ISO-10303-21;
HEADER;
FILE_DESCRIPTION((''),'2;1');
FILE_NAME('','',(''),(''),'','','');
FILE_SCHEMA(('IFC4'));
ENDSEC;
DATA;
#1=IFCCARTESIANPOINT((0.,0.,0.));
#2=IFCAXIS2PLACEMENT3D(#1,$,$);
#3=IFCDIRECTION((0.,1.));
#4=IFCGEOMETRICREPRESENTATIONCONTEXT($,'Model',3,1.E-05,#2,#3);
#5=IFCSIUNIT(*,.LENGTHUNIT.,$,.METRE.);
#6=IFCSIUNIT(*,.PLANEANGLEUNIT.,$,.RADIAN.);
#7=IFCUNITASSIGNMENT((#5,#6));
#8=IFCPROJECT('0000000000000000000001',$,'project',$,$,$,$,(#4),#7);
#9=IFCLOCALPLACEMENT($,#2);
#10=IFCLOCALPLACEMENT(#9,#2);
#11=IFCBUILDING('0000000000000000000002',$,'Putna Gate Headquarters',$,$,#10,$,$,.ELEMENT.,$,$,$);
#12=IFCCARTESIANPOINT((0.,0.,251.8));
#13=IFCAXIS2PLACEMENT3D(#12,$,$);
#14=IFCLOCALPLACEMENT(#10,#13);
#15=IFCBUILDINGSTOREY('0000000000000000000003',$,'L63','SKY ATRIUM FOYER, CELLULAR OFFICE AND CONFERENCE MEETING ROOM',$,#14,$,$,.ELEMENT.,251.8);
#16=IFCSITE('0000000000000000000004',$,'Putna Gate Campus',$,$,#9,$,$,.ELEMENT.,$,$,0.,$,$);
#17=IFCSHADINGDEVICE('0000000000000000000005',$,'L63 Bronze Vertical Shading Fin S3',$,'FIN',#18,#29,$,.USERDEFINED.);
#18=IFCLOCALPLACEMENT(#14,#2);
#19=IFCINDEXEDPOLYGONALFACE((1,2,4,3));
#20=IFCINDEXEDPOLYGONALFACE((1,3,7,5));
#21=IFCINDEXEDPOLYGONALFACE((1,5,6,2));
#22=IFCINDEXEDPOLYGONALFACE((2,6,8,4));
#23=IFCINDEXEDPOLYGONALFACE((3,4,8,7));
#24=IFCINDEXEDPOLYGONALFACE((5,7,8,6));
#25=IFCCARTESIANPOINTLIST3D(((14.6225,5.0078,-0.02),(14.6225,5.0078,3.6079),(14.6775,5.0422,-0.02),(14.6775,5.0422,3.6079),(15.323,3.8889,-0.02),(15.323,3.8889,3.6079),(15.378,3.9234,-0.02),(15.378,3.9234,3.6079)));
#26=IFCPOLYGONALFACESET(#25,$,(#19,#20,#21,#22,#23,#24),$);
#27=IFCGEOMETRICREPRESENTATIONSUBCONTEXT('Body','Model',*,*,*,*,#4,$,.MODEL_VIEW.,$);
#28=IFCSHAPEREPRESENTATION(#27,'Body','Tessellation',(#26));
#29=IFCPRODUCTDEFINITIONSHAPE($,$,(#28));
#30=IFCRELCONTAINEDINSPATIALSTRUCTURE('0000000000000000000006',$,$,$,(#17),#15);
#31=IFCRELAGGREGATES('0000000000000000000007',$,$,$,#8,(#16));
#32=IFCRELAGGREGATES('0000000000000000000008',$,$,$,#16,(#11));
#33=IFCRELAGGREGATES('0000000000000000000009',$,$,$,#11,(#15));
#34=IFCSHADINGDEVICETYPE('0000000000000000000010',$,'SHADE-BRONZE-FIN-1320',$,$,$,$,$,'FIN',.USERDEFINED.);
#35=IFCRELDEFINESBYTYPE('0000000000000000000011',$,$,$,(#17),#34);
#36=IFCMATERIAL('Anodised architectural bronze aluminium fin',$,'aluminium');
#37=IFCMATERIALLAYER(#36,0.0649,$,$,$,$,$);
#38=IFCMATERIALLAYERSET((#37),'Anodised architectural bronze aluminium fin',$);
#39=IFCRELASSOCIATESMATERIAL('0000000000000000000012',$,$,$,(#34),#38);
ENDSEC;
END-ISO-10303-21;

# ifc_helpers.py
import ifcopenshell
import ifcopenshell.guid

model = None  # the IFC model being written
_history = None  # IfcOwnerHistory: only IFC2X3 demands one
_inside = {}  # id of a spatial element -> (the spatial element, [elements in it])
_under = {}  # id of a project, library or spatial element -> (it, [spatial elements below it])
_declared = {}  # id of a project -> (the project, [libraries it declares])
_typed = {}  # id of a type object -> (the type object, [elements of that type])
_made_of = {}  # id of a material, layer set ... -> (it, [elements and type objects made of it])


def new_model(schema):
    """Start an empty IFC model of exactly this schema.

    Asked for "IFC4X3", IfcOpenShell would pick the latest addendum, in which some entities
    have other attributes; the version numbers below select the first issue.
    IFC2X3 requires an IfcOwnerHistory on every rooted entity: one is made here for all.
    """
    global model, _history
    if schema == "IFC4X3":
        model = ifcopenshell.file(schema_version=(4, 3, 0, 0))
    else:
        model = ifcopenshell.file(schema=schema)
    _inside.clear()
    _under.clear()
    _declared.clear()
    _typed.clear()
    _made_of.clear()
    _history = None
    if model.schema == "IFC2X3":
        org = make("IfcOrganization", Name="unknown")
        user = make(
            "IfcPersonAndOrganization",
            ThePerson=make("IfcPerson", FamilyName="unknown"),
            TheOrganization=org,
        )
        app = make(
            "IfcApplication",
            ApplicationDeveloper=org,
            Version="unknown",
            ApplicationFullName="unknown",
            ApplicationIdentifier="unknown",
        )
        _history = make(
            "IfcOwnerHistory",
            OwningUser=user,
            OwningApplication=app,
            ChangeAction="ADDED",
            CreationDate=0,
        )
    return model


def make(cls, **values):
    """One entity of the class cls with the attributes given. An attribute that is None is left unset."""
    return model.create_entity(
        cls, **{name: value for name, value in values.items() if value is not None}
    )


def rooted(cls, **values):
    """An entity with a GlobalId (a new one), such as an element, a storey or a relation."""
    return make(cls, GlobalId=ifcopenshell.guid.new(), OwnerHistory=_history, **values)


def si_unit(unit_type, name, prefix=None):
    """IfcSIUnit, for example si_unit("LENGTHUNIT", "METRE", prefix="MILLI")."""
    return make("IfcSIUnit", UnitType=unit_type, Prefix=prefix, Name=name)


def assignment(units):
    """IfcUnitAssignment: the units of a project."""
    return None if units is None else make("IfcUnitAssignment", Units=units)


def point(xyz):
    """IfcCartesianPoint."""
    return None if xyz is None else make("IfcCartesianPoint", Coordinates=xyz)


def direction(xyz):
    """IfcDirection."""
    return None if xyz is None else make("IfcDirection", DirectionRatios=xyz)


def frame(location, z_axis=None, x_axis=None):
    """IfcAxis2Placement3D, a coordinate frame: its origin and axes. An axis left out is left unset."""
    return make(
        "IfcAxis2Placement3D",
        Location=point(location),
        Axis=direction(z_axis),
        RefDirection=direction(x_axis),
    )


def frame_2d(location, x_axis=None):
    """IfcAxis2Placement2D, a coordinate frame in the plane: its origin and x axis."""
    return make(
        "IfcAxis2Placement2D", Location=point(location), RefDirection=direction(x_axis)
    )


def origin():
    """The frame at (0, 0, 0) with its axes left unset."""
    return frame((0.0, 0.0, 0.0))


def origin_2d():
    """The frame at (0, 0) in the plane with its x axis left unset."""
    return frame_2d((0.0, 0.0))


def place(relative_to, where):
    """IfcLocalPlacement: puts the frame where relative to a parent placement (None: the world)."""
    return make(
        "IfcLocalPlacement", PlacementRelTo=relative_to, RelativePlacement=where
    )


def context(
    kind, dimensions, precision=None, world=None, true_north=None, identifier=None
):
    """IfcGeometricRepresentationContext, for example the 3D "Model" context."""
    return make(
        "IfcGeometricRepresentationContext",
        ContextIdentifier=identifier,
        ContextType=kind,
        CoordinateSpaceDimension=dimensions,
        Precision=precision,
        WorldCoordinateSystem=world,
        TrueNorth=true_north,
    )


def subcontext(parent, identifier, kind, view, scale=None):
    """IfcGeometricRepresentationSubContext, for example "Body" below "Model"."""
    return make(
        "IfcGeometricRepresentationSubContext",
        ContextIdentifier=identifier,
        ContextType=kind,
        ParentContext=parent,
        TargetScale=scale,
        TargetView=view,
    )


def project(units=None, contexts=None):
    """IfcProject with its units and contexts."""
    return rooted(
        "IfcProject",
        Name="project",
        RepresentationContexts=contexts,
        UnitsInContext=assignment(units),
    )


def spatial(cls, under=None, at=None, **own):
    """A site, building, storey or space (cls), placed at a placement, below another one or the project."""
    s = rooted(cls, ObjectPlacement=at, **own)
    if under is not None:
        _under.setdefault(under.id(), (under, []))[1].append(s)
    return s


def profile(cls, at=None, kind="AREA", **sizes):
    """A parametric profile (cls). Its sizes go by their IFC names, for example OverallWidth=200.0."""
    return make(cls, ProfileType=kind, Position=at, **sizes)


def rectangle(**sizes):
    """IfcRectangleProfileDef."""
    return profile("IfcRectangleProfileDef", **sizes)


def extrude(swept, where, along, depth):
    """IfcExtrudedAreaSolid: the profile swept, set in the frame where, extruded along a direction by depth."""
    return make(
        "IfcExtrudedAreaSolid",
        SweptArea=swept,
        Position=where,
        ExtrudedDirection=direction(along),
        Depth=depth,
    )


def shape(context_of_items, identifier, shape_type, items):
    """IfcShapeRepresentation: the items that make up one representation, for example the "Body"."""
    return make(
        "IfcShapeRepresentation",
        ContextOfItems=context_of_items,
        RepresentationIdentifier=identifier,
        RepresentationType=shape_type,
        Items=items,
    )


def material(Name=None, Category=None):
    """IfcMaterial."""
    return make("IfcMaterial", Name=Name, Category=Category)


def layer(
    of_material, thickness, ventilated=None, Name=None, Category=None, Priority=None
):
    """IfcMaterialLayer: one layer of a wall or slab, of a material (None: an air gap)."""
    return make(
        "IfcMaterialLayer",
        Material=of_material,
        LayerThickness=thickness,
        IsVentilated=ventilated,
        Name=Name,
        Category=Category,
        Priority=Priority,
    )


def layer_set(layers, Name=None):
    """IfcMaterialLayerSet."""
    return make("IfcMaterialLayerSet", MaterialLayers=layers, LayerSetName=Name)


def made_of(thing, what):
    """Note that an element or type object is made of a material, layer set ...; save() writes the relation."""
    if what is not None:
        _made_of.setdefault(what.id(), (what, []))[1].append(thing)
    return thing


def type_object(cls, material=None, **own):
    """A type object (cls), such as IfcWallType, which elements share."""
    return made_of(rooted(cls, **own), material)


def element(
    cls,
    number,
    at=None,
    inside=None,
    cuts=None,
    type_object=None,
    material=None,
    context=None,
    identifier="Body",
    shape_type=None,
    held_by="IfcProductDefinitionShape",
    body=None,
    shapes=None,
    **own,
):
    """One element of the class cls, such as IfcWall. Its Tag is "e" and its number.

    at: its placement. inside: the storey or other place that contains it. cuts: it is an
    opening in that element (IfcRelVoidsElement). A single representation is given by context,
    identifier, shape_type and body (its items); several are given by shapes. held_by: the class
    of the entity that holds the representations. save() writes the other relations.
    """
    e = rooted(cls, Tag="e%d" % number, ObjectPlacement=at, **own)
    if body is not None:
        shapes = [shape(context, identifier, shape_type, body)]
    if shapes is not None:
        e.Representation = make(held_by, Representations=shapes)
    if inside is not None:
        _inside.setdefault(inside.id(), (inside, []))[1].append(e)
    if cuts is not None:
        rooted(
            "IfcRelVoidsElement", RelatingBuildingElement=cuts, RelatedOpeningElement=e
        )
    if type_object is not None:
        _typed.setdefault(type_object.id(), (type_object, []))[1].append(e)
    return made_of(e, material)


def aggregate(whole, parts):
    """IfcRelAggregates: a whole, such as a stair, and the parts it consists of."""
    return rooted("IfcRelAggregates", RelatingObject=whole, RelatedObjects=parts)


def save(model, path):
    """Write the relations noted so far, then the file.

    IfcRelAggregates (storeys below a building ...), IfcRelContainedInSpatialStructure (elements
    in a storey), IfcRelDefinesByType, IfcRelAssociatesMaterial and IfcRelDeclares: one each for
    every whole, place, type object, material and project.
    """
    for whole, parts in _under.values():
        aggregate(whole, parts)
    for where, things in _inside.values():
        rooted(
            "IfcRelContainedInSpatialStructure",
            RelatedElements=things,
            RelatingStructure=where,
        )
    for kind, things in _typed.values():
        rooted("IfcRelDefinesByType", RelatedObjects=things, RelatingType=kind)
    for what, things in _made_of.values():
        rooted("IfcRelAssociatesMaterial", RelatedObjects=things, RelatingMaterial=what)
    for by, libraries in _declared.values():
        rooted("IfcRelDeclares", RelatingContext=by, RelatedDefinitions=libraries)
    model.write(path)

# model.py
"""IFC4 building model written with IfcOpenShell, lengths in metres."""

from ifc_helpers import new_model, si_unit, direction, frame, origin, origin_2d, place, context, subcontext, project, spatial, rectangle, extrude, material, layer, layer_set, type_object, element, save


model = new_model("IFC4")

# Units and contexts
model_context = context("Model", 3, precision=1e-05, world=origin(), true_north=direction((0.0, 1.0)))
body_context = subcontext(model_context, "Body", "Model", "MODEL_VIEW")
ifc_project = project(units=[si_unit("LENGTHUNIT", "METRE"), si_unit("PLANEANGLEUNIT", "RADIAN")], contexts=[model_context])

# Site, building, storey
site_placement = place(None, origin())
site = spatial("IfcSite", under=ifc_project, at=site_placement, Name="Putna Gate Campus", CompositionType="ELEMENT", RefElevation=0.0)
building_placement = place(site_placement, origin())
building = spatial("IfcBuilding", under=site, at=building_placement, Name="Putna Gate Headquarters", CompositionType="ELEMENT")
storey_placement = place(building_placement, frame((0.0, 0.0, 251.8)))
storey = spatial("IfcBuildingStorey", under=building, at=storey_placement, Name="L63", Description="SKY ATRIUM FOYER, CELLULAR OFFICE AND CONFERENCE MEETING ROOM", CompositionType="ELEMENT", Elevation=251.8)

# Shading device
ifc_material_1 = material(Name="Anodised architectural bronze aluminium fin", Category="aluminium")
ifc_layer_1 = layer(ifc_material_1, 0.0649)
ifc_layer_set_1 = layer_set([ifc_layer_1], Name="Anodised architectural bronze aluminium fin")
shading_device_type = type_object("IfcShadingDeviceType", Name="SHADE-BRONZE-FIN-1320", ElementType="FIN", PredefinedType="USERDEFINED", material=ifc_layer_set_1)
for number, where, z_axis, x_axis, name in (
    (1, (15.0002, 4.4656, -0.02), (0.0, 0.0, 1.0), (0.530659, -0.847585, 0.0), "L63 Bronze Vertical Shading Fin S3"),
):
    element("IfcShadingDevice", number, at=place(storey_placement, frame(where, z_axis=z_axis, x_axis=x_axis)), inside=storey, type_object=shading_device_type, Name=name, ObjectType="FIN", PredefinedType="USERDEFINED", context=body_context, shape_type="SweptSolid", body=[
        extrude(rectangle(XDim=1.3201, YDim=0.0649, at=origin_2d()), origin(), (0.0, 0.0, 1.0), 3.6279),
    ])

save(model, "model.ifc")
